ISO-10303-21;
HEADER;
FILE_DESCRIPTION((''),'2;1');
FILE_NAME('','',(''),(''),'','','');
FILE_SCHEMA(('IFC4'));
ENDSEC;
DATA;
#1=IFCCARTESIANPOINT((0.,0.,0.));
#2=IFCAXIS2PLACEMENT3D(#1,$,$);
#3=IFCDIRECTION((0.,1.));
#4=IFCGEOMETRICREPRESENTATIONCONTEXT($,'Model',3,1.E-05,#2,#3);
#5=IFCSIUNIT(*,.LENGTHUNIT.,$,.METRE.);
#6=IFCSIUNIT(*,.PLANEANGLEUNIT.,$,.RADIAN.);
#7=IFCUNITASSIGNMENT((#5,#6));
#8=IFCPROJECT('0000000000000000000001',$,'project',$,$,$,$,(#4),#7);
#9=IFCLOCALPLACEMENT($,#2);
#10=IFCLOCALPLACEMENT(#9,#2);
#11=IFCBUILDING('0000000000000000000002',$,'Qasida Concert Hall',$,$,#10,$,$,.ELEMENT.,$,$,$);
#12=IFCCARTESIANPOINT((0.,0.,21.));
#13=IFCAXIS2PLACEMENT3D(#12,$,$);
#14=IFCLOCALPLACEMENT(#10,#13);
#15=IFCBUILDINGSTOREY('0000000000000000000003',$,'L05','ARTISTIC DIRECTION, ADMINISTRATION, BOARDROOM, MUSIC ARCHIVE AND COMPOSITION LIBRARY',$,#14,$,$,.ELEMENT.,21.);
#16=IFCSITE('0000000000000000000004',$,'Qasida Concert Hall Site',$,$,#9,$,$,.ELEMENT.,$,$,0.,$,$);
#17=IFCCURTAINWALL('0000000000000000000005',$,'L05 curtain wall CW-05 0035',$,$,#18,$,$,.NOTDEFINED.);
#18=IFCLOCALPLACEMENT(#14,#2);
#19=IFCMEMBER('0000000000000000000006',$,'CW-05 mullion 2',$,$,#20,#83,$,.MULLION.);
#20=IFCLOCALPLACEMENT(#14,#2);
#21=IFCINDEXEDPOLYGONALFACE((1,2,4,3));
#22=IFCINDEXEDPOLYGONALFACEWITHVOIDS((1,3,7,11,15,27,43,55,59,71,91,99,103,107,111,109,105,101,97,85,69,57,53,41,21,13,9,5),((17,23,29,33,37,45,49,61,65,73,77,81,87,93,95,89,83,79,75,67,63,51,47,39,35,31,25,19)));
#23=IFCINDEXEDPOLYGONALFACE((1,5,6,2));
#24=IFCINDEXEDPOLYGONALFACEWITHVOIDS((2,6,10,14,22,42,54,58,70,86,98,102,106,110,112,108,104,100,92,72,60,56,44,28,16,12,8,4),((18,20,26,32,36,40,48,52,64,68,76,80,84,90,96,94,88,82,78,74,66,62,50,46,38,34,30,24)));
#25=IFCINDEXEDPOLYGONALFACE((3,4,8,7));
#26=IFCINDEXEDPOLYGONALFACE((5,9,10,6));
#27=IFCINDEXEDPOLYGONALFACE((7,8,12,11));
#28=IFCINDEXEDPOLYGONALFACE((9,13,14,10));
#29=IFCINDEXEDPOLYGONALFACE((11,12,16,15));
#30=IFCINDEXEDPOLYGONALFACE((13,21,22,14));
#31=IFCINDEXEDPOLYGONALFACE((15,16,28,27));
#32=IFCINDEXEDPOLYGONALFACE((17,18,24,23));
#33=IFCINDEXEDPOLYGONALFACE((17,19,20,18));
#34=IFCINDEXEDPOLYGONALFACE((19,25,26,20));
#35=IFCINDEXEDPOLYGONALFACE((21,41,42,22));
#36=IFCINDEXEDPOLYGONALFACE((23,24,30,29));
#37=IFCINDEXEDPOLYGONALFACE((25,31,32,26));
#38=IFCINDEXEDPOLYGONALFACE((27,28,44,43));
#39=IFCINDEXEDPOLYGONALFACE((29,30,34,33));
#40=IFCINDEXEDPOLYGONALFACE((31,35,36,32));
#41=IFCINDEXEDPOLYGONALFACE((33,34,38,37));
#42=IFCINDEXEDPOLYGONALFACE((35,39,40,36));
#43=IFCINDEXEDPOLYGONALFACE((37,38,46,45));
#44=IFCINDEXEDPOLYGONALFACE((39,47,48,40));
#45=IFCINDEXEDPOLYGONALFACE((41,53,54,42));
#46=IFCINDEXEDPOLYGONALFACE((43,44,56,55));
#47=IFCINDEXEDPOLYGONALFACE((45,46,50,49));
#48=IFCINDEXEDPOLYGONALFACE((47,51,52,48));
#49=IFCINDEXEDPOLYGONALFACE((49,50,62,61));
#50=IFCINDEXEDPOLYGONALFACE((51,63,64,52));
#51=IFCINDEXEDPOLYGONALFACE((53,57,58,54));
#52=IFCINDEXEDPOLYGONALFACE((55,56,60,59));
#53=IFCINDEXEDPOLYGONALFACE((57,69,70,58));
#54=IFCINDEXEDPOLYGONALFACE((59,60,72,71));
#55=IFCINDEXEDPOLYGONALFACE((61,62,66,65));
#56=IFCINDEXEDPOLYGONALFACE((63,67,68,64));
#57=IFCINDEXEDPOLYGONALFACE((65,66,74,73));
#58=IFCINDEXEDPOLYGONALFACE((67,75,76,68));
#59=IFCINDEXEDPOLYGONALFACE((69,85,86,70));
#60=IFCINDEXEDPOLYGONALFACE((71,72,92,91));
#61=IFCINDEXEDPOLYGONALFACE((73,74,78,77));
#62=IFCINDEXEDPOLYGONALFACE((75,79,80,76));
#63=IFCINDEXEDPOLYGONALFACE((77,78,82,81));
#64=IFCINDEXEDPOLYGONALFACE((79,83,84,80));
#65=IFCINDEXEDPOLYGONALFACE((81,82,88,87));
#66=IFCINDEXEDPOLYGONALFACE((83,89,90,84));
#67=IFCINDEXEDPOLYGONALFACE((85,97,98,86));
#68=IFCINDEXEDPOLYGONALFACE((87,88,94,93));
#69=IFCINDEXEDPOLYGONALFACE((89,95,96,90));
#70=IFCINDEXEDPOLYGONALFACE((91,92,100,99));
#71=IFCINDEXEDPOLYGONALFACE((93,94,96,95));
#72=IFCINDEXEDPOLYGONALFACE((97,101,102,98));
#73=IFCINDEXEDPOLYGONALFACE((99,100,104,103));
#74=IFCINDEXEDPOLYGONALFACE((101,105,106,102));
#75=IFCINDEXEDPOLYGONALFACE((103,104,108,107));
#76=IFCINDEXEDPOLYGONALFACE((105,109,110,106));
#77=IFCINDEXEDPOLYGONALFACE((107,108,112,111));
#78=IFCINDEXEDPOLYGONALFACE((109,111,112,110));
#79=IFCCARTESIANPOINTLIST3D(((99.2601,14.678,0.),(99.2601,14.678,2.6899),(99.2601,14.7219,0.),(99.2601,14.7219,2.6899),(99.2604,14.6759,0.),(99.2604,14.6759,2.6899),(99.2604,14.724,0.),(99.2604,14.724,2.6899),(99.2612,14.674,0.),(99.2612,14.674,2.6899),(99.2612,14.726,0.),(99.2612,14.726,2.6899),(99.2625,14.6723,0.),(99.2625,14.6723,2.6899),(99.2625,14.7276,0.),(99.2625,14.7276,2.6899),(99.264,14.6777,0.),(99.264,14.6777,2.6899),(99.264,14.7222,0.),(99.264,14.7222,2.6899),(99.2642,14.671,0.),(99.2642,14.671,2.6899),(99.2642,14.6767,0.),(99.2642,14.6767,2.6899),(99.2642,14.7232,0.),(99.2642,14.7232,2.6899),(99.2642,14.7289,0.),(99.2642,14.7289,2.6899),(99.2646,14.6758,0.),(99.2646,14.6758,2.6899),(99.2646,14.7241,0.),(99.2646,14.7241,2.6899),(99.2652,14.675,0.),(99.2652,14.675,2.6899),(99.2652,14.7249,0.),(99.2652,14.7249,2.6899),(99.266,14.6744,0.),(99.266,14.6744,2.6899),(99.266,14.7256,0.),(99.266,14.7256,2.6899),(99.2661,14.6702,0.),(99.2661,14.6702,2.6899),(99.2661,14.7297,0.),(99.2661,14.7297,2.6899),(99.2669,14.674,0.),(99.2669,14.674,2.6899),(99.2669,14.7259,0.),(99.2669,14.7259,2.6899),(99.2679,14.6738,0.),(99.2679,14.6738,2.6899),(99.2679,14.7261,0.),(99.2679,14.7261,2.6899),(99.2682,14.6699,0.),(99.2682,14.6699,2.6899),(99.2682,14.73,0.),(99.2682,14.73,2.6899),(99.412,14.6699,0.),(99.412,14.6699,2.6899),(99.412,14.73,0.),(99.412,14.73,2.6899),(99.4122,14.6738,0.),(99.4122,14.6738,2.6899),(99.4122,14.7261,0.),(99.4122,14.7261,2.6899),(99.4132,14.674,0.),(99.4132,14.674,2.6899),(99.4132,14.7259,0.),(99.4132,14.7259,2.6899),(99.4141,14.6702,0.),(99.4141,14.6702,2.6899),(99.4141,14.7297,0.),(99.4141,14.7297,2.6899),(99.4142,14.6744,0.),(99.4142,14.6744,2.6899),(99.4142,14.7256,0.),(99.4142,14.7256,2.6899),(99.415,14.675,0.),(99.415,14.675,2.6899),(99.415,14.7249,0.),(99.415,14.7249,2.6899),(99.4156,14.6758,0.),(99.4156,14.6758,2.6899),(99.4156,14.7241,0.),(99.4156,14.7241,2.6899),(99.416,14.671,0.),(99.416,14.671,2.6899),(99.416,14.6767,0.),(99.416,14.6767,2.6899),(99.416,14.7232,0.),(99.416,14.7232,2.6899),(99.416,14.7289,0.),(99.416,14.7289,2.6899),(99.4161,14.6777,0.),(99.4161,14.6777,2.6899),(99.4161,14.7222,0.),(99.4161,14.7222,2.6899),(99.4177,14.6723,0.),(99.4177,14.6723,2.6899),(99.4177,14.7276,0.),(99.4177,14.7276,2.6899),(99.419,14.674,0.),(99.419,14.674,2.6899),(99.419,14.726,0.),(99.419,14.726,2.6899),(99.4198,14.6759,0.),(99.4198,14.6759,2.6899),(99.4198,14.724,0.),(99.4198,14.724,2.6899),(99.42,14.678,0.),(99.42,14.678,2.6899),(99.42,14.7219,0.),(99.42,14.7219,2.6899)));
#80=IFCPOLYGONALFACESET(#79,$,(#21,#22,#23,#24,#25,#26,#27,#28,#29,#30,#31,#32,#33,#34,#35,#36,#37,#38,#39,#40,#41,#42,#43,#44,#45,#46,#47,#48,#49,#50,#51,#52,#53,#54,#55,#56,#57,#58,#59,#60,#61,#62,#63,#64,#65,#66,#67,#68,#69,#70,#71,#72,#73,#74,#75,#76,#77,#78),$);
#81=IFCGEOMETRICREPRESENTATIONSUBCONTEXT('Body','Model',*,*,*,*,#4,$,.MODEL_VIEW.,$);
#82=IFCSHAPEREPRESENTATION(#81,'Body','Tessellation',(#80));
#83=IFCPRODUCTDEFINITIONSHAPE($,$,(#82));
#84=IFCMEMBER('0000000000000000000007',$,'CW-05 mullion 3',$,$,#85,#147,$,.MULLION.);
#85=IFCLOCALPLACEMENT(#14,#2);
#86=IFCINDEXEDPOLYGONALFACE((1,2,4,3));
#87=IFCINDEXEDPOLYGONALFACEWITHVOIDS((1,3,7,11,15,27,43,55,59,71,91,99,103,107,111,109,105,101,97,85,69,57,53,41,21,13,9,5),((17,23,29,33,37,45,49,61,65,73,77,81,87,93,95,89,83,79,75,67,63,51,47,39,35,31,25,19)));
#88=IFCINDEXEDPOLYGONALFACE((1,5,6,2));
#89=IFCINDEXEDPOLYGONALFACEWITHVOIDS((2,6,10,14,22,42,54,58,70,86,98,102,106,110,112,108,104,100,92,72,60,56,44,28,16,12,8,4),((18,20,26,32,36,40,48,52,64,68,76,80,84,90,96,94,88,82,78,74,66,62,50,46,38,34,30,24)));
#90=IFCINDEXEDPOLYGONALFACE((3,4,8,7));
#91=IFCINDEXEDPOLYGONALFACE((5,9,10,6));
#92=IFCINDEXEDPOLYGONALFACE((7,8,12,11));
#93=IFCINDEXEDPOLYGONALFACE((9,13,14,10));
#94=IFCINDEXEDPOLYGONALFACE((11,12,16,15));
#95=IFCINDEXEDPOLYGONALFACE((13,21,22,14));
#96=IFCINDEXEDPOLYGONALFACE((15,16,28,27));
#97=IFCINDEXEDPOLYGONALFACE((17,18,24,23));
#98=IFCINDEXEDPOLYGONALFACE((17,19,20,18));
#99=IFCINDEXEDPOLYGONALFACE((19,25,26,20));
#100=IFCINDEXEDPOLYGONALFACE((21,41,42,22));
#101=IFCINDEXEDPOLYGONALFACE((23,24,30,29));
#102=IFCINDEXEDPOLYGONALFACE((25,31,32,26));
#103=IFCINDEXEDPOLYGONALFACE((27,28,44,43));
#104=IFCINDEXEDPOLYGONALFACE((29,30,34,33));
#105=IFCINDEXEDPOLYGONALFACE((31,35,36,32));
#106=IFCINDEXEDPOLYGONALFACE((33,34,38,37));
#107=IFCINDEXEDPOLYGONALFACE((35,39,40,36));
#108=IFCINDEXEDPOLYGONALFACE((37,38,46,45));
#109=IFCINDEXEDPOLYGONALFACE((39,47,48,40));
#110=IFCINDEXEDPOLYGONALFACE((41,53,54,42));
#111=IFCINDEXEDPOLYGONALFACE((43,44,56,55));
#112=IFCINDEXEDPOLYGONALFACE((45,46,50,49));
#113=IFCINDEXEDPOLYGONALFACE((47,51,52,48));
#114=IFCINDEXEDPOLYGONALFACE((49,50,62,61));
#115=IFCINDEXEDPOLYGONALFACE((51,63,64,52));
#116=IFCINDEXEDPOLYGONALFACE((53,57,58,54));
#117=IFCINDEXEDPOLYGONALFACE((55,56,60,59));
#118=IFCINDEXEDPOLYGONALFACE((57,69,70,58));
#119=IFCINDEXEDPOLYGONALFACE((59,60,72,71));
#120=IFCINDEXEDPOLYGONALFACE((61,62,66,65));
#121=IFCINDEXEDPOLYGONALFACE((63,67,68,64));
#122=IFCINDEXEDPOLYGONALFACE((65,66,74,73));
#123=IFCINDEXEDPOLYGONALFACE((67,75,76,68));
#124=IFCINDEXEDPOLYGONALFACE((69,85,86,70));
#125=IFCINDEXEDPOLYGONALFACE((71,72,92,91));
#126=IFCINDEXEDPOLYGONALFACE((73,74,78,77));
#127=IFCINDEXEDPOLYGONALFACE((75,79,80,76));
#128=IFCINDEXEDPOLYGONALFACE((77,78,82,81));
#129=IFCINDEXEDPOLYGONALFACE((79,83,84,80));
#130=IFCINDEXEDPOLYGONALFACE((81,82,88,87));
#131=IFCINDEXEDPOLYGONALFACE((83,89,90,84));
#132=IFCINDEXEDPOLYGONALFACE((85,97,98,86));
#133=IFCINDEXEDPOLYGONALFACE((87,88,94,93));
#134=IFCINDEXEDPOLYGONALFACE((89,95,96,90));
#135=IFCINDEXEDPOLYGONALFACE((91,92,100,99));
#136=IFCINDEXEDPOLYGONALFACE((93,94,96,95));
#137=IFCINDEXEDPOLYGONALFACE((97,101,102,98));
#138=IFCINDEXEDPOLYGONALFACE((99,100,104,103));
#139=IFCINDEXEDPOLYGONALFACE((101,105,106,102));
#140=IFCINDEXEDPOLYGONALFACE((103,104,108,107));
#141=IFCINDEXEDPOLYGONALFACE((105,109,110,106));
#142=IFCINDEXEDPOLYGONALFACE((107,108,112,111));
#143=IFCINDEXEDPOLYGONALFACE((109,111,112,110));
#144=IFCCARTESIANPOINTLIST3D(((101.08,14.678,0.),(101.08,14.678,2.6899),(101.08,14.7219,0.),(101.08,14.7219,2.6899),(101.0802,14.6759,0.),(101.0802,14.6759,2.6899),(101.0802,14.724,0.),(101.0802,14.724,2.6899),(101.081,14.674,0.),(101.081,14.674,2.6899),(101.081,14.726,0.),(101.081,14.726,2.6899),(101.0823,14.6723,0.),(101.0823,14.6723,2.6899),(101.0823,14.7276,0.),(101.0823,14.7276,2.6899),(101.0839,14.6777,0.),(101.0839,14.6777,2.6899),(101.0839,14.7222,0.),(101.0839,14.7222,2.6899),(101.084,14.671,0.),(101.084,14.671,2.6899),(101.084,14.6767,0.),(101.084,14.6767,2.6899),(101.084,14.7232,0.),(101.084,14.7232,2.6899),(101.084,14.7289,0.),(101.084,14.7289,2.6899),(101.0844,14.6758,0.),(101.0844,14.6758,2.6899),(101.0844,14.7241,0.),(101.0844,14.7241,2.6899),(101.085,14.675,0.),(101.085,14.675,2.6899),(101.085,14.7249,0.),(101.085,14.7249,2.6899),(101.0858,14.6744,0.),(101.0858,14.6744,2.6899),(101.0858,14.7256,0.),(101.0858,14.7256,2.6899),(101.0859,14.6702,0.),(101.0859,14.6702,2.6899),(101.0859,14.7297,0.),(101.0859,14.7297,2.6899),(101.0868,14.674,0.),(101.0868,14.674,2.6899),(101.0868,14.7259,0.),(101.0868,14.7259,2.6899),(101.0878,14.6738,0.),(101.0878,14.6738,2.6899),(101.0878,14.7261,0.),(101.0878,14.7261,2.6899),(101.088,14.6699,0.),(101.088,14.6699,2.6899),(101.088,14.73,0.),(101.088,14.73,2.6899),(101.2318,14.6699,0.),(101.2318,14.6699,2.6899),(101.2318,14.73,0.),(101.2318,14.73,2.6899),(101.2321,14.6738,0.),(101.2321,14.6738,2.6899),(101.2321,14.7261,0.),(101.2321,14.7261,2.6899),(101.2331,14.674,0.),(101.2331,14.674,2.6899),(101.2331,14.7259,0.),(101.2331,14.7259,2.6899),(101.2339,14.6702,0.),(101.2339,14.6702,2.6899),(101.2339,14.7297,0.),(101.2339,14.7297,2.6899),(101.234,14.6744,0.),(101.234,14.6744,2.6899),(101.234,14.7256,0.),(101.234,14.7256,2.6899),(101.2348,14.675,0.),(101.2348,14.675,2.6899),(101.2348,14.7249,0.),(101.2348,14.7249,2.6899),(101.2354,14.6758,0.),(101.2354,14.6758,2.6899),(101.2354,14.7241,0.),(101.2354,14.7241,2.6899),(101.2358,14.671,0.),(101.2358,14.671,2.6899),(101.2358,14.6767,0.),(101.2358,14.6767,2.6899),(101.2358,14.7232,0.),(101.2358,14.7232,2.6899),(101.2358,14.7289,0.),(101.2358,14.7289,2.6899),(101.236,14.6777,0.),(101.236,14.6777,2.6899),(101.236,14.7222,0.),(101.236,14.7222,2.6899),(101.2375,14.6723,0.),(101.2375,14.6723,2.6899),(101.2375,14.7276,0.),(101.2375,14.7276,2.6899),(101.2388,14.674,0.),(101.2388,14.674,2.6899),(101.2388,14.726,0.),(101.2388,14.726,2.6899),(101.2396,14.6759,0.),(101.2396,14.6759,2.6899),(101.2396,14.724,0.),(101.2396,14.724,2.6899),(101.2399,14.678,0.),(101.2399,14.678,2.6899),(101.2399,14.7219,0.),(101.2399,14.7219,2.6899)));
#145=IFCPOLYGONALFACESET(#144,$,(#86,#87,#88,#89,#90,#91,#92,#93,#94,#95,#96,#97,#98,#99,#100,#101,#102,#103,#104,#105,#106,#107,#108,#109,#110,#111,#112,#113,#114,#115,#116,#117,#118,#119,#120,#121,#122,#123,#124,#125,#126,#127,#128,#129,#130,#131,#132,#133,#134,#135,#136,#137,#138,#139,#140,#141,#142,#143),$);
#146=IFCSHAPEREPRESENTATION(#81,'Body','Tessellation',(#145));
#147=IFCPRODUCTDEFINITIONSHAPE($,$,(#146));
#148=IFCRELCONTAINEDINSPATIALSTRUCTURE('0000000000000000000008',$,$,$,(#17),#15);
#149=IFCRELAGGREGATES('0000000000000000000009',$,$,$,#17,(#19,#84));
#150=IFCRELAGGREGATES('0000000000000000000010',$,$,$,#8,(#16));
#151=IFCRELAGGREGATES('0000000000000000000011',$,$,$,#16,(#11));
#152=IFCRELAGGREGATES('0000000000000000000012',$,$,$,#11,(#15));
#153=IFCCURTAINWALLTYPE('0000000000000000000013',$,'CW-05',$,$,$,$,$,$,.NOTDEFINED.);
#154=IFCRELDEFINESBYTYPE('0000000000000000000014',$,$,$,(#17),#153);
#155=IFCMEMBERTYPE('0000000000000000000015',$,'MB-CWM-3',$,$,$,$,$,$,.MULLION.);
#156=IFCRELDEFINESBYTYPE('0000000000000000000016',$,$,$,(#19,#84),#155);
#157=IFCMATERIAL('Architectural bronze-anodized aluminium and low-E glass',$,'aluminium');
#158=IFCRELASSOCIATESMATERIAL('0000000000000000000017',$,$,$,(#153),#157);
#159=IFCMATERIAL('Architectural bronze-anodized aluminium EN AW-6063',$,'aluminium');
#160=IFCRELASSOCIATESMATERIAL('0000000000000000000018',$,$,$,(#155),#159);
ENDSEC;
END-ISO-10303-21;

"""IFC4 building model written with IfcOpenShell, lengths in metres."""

from ifc_helpers import new_model, si_unit, direction, frame, origin, origin_2d, place, context, subcontext, project, spatial, hollow_rectangle, extrude, material, material_profile, profile_set, type_object, element, aggregate, save


model = new_model("IFC4")

# Units and contexts
model_context = context("Model", 3, precision=1e-05, world=origin(), true_north=direction((0.0, 1.0)))
body_context = subcontext(model_context, "Body", "Model", "MODEL_VIEW")
ifc_project = project(units=[si_unit("LENGTHUNIT", "METRE"), si_unit("PLANEANGLEUNIT", "RADIAN")], contexts=[model_context])

# Site, building, storey
site_placement = place(None, origin())
site = spatial("IfcSite", under=ifc_project, at=site_placement, Name="Qasida Concert Hall Site", CompositionType="ELEMENT", RefElevation=0.0)
building_placement = place(site_placement, origin())
building = spatial("IfcBuilding", under=site, at=building_placement, Name="Qasida Concert Hall", CompositionType="ELEMENT")
storey_placement = place(building_placement, frame((0.0, 0.0, 21.0)))
storey = spatial("IfcBuildingStorey", under=building, at=storey_placement, Name="L05", Description="ARTISTIC DIRECTION, ADMINISTRATION, BOARDROOM, MUSIC ARCHIVE AND COMPOSITION LIBRARY", CompositionType="ELEMENT", Elevation=21.0)

# Curtain wall, members
ifc_material_1 = material(Name="Architectural bronze-anodized aluminium and low-E glass", Category="aluminium")
curtain_wall_type = type_object("IfcCurtainWallType", Name="CW-05", PredefinedType="NOTDEFINED", material=ifc_material_1)
curtain_wall_placement = place(storey_placement, origin())
curtain_wall = element("IfcCurtainWall", 1, at=curtain_wall_placement, inside=storey, type_object=curtain_wall_type, Name="L05 curtain wall CW-05 0035", PredefinedType="NOTDEFINED")
ifc_material_2 = material(Name="Architectural bronze-anodized aluminium EN AW-6063", Category="aluminium")
ifc_material_profile_1 = material_profile(ifc_material_2, hollow_rectangle(XDim=0.0601, YDim=0.1599, WallThickness=0.0039, InnerFilletRadius=0.0039, OuterFilletRadius=0.0081, at=origin_2d()), Name="CWM 160x60x4")
ifc_profile_set_1 = profile_set([ifc_material_profile_1], Name="Architectural bronze-anodized aluminium EN AW-6063")
member_type_1 = type_object("IfcMemberType", Name="MB-CWM-3", PredefinedType="MULLION", material=ifc_profile_set_1)
member_1_placement = place(storey_placement, frame((99.3401, 14.7, 0.0), z_axis=(0.0, 0.0, 1.0), x_axis=(0.0, 1.0, 0.0)))
member_1 = element("IfcMember", 2, at=member_1_placement, type_object=member_type_1, Name="CW-05 mullion 2", PredefinedType="MULLION", context=body_context, shape_type="SweptSolid", body=[
    extrude(hollow_rectangle(XDim=0.0601, YDim=0.1599, WallThickness=0.0039, InnerFilletRadius=0.0039, OuterFilletRadius=0.0081, at=origin_2d()), origin(), (0.0, 0.0, 1.0), 2.6899),
])
member_2_placement = place(storey_placement, frame((101.1599, 14.7, 0.0), z_axis=(0.0, 0.0, 1.0), x_axis=(0.0, 1.0, 0.0)))
member_2 = element("IfcMember", 3, at=member_2_placement, type_object=member_type_1, Name="CW-05 mullion 3", PredefinedType="MULLION", context=body_context, shape_type="SweptSolid", body=[
    extrude(hollow_rectangle(XDim=0.0601, YDim=0.1599, WallThickness=0.0039, InnerFilletRadius=0.0039, OuterFilletRadius=0.0081, at=origin_2d()), origin(), (0.0, 0.0, 1.0), 2.6899),
])
aggregate(curtain_wall, [member_1, member_2])

save(model, "model.ifc")
